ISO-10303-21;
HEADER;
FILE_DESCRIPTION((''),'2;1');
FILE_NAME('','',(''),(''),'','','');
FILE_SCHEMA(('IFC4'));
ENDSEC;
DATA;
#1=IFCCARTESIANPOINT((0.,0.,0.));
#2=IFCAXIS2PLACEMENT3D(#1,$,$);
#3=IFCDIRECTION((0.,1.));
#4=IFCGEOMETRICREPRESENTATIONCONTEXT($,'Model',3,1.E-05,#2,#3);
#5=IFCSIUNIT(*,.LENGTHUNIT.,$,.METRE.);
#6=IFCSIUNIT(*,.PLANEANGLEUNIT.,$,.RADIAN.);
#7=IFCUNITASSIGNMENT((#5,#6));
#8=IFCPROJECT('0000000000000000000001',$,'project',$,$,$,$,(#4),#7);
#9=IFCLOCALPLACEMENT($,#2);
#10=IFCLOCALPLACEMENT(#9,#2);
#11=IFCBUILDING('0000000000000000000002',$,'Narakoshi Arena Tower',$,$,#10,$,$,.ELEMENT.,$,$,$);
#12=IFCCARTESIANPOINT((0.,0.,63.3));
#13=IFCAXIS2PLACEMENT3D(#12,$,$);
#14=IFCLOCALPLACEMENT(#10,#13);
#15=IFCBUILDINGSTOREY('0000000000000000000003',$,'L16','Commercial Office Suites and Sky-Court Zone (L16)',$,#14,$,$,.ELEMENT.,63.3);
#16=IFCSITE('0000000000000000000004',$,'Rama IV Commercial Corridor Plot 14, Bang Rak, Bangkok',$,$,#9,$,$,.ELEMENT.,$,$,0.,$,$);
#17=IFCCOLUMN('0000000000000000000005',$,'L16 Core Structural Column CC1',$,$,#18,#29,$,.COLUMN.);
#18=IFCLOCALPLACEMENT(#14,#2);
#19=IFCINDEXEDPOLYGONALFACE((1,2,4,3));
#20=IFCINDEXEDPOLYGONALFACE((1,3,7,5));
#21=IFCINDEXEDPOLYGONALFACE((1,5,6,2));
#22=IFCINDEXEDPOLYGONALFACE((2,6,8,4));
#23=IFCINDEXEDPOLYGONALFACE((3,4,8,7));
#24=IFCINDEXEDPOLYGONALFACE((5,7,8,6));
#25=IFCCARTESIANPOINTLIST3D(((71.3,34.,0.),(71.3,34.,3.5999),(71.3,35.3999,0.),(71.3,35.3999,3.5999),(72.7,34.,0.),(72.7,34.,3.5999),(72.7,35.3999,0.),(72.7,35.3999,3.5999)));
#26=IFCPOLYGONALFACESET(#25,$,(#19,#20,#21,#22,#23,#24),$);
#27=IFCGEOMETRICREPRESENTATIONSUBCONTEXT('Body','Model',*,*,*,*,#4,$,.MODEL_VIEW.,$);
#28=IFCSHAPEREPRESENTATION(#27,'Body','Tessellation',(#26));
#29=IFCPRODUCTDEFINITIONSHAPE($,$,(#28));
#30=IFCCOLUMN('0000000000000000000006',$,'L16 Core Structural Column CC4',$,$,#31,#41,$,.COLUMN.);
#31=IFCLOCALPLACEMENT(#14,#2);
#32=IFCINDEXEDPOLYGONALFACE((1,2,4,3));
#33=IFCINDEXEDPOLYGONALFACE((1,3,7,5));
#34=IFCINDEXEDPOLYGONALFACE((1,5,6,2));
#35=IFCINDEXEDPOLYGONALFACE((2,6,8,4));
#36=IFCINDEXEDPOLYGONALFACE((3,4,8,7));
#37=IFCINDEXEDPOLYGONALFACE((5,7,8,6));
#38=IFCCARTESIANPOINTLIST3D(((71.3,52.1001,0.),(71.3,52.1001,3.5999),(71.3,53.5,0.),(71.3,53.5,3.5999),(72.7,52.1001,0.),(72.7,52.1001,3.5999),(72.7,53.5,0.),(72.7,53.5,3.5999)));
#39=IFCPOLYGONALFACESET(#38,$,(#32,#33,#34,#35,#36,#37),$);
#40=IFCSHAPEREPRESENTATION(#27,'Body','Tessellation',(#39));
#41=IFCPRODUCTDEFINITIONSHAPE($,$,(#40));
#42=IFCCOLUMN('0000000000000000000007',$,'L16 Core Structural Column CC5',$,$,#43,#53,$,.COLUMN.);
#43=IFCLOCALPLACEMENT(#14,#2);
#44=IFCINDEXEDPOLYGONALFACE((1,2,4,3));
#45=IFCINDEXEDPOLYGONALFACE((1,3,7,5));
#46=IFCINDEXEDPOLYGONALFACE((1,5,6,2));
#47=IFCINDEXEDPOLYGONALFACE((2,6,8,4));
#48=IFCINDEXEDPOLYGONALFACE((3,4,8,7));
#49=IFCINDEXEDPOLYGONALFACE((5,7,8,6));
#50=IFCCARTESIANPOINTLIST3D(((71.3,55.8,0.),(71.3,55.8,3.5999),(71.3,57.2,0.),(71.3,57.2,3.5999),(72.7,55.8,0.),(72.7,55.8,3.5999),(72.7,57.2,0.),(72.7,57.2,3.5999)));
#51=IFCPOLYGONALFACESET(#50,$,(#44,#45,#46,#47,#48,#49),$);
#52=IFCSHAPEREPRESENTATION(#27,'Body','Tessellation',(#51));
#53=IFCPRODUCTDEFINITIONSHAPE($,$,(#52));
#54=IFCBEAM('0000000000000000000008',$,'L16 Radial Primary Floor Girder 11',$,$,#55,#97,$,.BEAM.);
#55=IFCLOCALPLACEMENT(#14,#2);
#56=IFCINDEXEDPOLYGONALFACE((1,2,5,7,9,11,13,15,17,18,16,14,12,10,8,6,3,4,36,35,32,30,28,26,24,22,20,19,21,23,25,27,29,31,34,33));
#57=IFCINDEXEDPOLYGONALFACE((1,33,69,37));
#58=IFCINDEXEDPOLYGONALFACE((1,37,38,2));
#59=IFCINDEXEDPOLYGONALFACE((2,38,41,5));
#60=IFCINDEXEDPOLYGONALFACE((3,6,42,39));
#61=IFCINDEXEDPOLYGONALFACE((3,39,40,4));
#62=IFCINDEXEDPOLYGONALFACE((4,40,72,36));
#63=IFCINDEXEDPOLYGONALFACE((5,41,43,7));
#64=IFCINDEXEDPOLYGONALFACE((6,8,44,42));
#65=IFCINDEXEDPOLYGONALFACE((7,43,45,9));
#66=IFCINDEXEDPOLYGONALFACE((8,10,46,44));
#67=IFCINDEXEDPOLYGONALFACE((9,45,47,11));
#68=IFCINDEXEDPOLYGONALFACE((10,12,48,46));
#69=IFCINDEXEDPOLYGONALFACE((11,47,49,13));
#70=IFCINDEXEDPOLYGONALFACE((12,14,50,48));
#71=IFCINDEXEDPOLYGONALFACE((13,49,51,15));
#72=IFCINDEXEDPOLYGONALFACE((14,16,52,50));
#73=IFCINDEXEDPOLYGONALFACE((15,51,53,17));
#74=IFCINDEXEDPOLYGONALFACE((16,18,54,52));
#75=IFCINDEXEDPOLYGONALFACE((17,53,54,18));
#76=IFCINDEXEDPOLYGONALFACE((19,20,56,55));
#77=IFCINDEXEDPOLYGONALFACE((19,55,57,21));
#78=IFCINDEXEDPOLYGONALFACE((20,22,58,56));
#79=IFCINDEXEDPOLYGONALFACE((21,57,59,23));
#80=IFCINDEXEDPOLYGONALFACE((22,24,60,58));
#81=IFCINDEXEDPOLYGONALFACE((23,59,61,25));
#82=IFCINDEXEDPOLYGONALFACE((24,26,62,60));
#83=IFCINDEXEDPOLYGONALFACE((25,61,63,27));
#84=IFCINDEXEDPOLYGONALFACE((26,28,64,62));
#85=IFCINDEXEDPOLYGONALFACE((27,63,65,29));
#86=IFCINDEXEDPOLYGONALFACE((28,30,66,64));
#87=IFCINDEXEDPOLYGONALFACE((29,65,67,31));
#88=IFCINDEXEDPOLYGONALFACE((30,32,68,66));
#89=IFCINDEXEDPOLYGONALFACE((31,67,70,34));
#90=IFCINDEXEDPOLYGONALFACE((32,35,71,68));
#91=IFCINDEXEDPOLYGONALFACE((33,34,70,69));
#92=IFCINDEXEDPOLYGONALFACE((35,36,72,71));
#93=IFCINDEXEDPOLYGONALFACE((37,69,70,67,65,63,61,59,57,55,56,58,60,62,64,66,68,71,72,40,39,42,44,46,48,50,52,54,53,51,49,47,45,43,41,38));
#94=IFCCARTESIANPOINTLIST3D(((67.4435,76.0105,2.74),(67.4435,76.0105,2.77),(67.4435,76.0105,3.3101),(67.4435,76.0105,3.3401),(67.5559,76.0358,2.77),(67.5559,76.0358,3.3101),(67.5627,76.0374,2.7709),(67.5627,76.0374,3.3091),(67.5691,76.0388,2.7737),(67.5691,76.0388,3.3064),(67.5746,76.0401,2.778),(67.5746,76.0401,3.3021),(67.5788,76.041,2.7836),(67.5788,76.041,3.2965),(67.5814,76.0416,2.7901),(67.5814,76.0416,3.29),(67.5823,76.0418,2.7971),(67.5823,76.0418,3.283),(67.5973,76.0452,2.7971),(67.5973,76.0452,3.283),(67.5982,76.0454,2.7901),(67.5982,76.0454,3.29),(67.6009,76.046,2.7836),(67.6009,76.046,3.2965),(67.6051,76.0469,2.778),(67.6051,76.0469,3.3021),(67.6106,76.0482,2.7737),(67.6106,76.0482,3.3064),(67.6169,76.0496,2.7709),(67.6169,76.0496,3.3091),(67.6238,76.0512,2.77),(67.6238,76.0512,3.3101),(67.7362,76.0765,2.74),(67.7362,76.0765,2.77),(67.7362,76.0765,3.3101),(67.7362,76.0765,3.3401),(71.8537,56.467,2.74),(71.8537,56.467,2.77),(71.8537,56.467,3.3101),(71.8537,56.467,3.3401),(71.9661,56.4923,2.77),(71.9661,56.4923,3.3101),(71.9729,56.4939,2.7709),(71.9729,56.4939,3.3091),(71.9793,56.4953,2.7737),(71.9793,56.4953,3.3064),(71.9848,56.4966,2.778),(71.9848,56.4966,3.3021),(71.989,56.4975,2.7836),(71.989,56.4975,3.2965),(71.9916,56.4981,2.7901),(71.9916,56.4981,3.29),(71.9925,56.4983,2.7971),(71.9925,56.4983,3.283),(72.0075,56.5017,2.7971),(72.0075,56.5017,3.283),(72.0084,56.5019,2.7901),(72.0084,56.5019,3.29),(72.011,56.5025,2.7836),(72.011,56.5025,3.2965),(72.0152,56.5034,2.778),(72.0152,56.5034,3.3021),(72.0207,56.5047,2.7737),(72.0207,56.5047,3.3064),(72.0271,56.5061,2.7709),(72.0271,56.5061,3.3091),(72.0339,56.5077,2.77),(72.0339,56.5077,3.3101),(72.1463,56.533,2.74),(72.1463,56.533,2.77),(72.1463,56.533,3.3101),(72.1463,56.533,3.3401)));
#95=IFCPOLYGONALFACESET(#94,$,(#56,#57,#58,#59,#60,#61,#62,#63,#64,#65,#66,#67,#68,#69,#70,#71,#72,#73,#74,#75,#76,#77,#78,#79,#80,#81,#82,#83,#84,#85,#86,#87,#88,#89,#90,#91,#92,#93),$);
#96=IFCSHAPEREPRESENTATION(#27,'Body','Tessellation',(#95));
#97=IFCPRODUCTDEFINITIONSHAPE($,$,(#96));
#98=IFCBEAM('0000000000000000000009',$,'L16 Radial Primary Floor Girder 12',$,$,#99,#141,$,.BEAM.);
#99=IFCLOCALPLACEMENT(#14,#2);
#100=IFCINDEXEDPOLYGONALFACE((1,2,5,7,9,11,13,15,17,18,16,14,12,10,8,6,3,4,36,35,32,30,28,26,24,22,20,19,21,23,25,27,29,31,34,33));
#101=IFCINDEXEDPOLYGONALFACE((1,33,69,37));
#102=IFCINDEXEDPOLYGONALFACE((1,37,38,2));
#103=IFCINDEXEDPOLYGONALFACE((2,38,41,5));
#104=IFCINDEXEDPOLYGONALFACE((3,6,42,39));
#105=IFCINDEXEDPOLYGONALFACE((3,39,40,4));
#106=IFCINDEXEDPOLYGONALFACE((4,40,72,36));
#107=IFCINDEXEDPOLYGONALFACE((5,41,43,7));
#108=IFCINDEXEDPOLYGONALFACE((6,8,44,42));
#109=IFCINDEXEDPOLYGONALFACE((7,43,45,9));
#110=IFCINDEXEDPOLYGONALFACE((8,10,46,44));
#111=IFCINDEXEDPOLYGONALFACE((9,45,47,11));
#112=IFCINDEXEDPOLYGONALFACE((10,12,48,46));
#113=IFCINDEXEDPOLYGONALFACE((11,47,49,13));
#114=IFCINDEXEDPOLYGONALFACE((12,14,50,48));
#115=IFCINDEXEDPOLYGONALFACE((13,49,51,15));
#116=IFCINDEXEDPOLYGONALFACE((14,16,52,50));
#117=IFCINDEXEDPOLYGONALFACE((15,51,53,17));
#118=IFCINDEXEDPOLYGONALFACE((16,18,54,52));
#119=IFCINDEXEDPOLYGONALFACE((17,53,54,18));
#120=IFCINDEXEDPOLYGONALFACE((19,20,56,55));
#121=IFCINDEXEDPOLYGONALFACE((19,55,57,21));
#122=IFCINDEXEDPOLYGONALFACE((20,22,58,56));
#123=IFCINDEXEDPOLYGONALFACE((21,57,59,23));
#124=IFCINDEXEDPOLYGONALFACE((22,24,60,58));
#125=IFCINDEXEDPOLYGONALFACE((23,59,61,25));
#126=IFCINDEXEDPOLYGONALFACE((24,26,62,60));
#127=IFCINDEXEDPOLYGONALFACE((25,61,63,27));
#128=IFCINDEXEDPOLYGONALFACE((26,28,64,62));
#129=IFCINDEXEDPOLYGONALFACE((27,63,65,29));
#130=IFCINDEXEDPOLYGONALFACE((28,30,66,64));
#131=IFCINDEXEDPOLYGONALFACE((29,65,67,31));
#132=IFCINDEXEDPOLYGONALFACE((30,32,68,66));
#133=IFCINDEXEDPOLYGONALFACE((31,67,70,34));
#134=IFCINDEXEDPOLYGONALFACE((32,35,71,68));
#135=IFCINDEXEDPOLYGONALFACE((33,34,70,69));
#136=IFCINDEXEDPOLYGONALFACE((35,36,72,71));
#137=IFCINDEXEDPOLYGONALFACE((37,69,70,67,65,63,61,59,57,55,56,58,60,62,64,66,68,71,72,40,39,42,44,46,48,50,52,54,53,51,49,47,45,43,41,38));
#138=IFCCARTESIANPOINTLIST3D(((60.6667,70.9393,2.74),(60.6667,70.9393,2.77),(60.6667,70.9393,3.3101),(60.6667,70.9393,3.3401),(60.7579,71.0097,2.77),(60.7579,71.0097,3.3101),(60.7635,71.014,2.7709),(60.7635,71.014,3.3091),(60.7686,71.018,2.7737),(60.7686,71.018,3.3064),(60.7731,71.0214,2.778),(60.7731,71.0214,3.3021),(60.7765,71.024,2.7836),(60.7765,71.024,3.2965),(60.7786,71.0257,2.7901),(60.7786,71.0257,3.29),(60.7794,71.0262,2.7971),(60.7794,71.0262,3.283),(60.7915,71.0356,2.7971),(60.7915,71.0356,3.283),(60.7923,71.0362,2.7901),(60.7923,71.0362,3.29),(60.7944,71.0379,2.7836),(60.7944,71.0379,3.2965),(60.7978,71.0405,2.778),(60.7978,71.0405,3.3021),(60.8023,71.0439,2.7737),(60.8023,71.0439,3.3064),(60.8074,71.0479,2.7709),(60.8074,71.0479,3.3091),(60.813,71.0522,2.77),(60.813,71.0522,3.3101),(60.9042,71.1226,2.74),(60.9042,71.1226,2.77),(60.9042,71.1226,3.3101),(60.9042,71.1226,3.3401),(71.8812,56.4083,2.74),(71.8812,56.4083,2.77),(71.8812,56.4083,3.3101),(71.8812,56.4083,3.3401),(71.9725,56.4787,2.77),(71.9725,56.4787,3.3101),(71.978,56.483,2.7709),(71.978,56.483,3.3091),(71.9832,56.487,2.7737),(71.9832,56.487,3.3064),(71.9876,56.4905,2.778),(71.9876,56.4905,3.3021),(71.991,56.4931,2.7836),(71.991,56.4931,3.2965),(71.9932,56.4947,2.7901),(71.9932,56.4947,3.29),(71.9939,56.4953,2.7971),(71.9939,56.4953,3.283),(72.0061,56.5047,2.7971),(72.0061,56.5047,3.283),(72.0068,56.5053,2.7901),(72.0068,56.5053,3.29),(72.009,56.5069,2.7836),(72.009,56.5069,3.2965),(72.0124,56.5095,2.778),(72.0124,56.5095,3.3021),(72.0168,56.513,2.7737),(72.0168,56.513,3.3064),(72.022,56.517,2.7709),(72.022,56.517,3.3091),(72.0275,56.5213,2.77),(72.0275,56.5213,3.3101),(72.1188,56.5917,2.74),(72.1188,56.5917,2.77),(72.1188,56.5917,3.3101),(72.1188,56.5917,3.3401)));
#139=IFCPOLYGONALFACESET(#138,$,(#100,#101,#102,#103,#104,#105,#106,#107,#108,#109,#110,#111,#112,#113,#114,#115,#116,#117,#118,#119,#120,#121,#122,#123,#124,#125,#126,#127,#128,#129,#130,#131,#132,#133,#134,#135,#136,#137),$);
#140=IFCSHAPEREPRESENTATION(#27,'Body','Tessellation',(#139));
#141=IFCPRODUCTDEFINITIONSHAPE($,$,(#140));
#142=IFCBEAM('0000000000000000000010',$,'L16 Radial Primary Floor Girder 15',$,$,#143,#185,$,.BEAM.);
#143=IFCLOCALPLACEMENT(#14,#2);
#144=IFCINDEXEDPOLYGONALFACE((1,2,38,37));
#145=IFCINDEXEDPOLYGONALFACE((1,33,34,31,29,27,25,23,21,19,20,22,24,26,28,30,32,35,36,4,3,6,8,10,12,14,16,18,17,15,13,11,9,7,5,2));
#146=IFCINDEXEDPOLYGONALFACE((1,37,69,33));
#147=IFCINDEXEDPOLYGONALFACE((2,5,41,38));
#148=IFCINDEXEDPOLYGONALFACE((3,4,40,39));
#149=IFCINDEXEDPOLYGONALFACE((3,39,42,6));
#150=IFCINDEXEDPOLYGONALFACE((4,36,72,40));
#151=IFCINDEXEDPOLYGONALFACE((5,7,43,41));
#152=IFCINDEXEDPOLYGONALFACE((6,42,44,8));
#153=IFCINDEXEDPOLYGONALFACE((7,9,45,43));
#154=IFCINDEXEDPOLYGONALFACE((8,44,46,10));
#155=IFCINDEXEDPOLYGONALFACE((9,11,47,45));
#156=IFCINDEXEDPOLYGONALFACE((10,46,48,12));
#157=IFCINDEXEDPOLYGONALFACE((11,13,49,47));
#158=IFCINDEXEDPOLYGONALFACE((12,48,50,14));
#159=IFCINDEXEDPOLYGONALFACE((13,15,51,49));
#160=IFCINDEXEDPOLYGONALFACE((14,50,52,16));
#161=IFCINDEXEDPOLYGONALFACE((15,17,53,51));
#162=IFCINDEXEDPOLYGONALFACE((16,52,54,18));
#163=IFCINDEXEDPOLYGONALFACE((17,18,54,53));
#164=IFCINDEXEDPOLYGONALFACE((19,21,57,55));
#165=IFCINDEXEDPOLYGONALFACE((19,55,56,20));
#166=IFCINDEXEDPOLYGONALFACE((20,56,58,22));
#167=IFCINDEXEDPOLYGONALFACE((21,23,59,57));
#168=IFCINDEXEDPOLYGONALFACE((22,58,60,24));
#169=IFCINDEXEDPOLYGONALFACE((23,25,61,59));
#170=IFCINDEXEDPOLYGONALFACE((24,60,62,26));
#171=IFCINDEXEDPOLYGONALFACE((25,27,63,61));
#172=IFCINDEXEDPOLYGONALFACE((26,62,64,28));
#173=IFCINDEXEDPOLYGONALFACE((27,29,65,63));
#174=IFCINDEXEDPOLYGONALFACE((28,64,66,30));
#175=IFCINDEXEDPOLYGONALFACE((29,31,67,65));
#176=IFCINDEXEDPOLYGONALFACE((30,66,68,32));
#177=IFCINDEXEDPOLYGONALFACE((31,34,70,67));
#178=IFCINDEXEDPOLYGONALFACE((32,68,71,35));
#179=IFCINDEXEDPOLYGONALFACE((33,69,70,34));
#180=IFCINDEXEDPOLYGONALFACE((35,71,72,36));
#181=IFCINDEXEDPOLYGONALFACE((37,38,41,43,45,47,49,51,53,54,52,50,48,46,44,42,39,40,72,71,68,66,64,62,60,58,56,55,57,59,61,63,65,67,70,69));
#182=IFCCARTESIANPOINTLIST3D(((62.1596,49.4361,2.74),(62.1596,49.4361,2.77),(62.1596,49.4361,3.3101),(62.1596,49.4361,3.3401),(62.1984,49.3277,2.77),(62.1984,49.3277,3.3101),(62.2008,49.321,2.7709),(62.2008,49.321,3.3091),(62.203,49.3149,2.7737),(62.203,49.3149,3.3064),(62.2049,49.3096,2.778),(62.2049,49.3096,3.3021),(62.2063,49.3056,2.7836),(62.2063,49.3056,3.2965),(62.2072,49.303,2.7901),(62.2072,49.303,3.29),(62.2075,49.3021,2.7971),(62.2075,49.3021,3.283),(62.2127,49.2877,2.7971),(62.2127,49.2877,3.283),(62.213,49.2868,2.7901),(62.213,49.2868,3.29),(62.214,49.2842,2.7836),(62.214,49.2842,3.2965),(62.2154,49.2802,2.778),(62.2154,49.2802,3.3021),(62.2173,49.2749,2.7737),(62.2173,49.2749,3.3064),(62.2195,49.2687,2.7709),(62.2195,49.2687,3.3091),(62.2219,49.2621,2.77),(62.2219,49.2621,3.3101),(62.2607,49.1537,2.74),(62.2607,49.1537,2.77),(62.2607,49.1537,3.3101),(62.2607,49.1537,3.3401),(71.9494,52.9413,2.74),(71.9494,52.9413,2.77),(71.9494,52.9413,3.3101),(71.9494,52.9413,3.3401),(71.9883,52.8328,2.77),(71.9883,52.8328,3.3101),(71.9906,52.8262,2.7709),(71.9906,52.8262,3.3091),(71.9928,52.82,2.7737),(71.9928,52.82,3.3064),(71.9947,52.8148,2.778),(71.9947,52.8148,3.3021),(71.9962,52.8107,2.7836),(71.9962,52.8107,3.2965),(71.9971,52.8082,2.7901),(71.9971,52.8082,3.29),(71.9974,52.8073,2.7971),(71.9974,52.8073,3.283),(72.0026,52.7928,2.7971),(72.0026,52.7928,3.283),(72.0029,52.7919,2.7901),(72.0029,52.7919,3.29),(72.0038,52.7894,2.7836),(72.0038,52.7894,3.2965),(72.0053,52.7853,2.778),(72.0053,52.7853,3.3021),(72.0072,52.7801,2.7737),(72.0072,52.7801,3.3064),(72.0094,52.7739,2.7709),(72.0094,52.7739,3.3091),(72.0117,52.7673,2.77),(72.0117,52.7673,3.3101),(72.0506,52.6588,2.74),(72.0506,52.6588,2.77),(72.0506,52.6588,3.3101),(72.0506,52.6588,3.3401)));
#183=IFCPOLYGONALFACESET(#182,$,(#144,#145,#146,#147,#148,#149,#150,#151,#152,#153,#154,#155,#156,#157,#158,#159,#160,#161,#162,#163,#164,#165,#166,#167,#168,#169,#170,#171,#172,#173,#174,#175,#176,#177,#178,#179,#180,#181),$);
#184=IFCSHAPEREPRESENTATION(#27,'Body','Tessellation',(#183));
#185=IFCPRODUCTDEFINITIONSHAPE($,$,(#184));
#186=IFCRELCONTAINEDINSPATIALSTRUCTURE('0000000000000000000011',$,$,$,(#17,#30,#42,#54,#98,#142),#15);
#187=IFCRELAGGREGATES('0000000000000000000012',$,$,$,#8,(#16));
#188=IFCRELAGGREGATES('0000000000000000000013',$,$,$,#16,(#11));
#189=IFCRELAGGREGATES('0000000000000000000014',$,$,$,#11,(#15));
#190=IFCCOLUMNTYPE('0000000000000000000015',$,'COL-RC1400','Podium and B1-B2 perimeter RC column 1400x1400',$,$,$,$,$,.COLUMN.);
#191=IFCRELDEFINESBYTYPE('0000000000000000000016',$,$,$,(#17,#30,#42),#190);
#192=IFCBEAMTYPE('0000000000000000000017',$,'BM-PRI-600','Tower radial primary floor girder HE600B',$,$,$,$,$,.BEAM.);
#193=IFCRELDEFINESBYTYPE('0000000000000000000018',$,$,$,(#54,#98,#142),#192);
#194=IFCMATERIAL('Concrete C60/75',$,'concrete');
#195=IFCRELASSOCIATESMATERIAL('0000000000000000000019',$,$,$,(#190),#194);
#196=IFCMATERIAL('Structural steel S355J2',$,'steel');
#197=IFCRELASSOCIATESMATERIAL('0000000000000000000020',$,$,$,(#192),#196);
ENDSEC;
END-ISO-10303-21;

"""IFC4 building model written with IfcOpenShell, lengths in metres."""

from ifc_helpers import new_model, si_unit, direction, frame, origin, origin_2d, place, context, subcontext, project, spatial, rectangle, i_section, extrude, material, material_profile, profile_set, type_object, element, save


model = new_model("IFC4")

# Units and contexts
model_context = context("Model", 3, precision=1e-05, world=origin(), true_north=direction((0.0, 1.0)))
body_context = subcontext(model_context, "Body", "Model", "MODEL_VIEW")
ifc_project = project(units=[si_unit("LENGTHUNIT", "METRE"), si_unit("PLANEANGLEUNIT", "RADIAN")], contexts=[model_context])

# Site, building, storey
site_placement = place(None, origin())
site = spatial("IfcSite", under=ifc_project, at=site_placement, Name="Rama IV Commercial Corridor Plot 14, Bang Rak, Bangkok", CompositionType="ELEMENT", RefElevation=0.0)
building_placement = place(site_placement, origin())
building = spatial("IfcBuilding", under=site, at=building_placement, Name="Narakoshi Arena Tower", CompositionType="ELEMENT")
storey_placement = place(building_placement, frame((0.0, 0.0, 63.3)))
storey = spatial("IfcBuildingStorey", under=building, at=storey_placement, Name="L16", Description="Commercial Office Suites and Sky-Court Zone (L16)", CompositionType="ELEMENT", Elevation=63.3)

# Columns
ifc_material_1 = material(Name="Concrete C60/75", Category="concrete")
ifc_material_profile_1 = material_profile(ifc_material_1, rectangle(XDim=1.3999, YDim=1.3999, at=origin_2d()), Name="RC1400x1400")
ifc_profile_set_1 = profile_set([ifc_material_profile_1], Name="Concrete C60/75")
column_type = type_object("IfcColumnType", Name="COL-RC1400", Description="Podium and B1-B2 perimeter RC column 1400x1400", PredefinedType="COLUMN", material=ifc_profile_set_1)
for number, where, z_axis, x_axis, name in (
    (1, (72.0, 34.7, 0.0), (0.0, 0.0, 1.0), (1.0, 0.0, 0.0), "L16 Core Structural Column CC1"),
    (2, (72.0, 52.8, 0.0), (0.0, 0.0, 1.0), (1.0, 0.0, 0.0), "L16 Core Structural Column CC4"),
    (3, (72.0, 56.5, 0.0), (0.0, 0.0, 1.0), (1.0, 0.0, 0.0), "L16 Core Structural Column CC5"),
):
    element("IfcColumn", number, at=place(storey_placement, frame(where, z_axis=z_axis, x_axis=x_axis)), inside=storey, type_object=column_type, Name=name, PredefinedType="COLUMN", context=body_context, shape_type="SweptSolid", body=[
        extrude(rectangle(XDim=1.3999, YDim=1.3999, at=origin_2d()), origin(), (0.0, 0.0, 1.0), 3.5999),
    ])

# Beams
ifc_material_2 = material(Name="Structural steel S355J2", Category="steel")
ifc_material_profile_2 = material_profile(ifc_material_2, i_section(OverallWidth=0.3, OverallDepth=0.6001, WebThickness=0.0154, FlangeThickness=0.03, FilletRadius=0.0271, at=origin_2d()), Name="HE600B")
ifc_profile_set_2 = profile_set([ifc_material_profile_2], Name="Structural steel S355J2")
beam_type = type_object("IfcBeamType", Name="BM-PRI-600", Description="Tower radial primary floor girder HE600B", PredefinedType="BEAM", material=ifc_profile_set_2)
beam_1_placement = place(storey_placement, frame((72.0, 56.5, 3.04), z_axis=(-0.220124, 0.975472, 0.0), x_axis=(-0.975472, -0.220124, 0.0)))
element("IfcBeam", 4, at=beam_1_placement, inside=storey, type_object=beam_type, Name="L16 Radial Primary Floor Girder 11", PredefinedType="BEAM", context=body_context, shape_type="SweptSolid", body=[
    extrude(i_section(OverallWidth=0.3, OverallDepth=0.6001, WebThickness=0.0154, FlangeThickness=0.03, FilletRadius=0.0271, at=origin_2d()), origin(), (0.0, 0.0, 1.0), 20.0349),
])
beam_2_placement = place(storey_placement, frame((72.0, 56.5, 3.04), z_axis=(-0.610973, 0.791651, 0.0), x_axis=(-0.791651, -0.610973, 0.0)))
element("IfcBeam", 5, at=beam_2_placement, inside=storey, type_object=beam_type, Name="L16 Radial Primary Floor Girder 12", PredefinedType="BEAM", context=body_context, shape_type="SweptSolid", body=[
    extrude(i_section(OverallWidth=0.3, OverallDepth=0.6001, WebThickness=0.0154, FlangeThickness=0.03, FilletRadius=0.0271, at=origin_2d()), origin(), (0.0, 0.0, 1.0), 18.3552),
])
beam_3_placement = place(storey_placement, frame((72.0, 52.8, 3.04), z_axis=(-0.941474, -0.337084, 0.0), x_axis=(0.337084, -0.941474, 0.0)))
element("IfcBeam", 6, at=beam_3_placement, inside=storey, type_object=beam_type, Name="L16 Radial Primary Floor Girder 15", PredefinedType="BEAM", context=body_context, shape_type="SweptSolid", body=[
    extrude(i_section(OverallWidth=0.3, OverallDepth=0.6001, WebThickness=0.0154, FlangeThickness=0.03, FilletRadius=0.0271, at=origin_2d()), origin(), (0.0, 0.0, 1.0), 10.3984),
])

save(model, "model.ifc")
